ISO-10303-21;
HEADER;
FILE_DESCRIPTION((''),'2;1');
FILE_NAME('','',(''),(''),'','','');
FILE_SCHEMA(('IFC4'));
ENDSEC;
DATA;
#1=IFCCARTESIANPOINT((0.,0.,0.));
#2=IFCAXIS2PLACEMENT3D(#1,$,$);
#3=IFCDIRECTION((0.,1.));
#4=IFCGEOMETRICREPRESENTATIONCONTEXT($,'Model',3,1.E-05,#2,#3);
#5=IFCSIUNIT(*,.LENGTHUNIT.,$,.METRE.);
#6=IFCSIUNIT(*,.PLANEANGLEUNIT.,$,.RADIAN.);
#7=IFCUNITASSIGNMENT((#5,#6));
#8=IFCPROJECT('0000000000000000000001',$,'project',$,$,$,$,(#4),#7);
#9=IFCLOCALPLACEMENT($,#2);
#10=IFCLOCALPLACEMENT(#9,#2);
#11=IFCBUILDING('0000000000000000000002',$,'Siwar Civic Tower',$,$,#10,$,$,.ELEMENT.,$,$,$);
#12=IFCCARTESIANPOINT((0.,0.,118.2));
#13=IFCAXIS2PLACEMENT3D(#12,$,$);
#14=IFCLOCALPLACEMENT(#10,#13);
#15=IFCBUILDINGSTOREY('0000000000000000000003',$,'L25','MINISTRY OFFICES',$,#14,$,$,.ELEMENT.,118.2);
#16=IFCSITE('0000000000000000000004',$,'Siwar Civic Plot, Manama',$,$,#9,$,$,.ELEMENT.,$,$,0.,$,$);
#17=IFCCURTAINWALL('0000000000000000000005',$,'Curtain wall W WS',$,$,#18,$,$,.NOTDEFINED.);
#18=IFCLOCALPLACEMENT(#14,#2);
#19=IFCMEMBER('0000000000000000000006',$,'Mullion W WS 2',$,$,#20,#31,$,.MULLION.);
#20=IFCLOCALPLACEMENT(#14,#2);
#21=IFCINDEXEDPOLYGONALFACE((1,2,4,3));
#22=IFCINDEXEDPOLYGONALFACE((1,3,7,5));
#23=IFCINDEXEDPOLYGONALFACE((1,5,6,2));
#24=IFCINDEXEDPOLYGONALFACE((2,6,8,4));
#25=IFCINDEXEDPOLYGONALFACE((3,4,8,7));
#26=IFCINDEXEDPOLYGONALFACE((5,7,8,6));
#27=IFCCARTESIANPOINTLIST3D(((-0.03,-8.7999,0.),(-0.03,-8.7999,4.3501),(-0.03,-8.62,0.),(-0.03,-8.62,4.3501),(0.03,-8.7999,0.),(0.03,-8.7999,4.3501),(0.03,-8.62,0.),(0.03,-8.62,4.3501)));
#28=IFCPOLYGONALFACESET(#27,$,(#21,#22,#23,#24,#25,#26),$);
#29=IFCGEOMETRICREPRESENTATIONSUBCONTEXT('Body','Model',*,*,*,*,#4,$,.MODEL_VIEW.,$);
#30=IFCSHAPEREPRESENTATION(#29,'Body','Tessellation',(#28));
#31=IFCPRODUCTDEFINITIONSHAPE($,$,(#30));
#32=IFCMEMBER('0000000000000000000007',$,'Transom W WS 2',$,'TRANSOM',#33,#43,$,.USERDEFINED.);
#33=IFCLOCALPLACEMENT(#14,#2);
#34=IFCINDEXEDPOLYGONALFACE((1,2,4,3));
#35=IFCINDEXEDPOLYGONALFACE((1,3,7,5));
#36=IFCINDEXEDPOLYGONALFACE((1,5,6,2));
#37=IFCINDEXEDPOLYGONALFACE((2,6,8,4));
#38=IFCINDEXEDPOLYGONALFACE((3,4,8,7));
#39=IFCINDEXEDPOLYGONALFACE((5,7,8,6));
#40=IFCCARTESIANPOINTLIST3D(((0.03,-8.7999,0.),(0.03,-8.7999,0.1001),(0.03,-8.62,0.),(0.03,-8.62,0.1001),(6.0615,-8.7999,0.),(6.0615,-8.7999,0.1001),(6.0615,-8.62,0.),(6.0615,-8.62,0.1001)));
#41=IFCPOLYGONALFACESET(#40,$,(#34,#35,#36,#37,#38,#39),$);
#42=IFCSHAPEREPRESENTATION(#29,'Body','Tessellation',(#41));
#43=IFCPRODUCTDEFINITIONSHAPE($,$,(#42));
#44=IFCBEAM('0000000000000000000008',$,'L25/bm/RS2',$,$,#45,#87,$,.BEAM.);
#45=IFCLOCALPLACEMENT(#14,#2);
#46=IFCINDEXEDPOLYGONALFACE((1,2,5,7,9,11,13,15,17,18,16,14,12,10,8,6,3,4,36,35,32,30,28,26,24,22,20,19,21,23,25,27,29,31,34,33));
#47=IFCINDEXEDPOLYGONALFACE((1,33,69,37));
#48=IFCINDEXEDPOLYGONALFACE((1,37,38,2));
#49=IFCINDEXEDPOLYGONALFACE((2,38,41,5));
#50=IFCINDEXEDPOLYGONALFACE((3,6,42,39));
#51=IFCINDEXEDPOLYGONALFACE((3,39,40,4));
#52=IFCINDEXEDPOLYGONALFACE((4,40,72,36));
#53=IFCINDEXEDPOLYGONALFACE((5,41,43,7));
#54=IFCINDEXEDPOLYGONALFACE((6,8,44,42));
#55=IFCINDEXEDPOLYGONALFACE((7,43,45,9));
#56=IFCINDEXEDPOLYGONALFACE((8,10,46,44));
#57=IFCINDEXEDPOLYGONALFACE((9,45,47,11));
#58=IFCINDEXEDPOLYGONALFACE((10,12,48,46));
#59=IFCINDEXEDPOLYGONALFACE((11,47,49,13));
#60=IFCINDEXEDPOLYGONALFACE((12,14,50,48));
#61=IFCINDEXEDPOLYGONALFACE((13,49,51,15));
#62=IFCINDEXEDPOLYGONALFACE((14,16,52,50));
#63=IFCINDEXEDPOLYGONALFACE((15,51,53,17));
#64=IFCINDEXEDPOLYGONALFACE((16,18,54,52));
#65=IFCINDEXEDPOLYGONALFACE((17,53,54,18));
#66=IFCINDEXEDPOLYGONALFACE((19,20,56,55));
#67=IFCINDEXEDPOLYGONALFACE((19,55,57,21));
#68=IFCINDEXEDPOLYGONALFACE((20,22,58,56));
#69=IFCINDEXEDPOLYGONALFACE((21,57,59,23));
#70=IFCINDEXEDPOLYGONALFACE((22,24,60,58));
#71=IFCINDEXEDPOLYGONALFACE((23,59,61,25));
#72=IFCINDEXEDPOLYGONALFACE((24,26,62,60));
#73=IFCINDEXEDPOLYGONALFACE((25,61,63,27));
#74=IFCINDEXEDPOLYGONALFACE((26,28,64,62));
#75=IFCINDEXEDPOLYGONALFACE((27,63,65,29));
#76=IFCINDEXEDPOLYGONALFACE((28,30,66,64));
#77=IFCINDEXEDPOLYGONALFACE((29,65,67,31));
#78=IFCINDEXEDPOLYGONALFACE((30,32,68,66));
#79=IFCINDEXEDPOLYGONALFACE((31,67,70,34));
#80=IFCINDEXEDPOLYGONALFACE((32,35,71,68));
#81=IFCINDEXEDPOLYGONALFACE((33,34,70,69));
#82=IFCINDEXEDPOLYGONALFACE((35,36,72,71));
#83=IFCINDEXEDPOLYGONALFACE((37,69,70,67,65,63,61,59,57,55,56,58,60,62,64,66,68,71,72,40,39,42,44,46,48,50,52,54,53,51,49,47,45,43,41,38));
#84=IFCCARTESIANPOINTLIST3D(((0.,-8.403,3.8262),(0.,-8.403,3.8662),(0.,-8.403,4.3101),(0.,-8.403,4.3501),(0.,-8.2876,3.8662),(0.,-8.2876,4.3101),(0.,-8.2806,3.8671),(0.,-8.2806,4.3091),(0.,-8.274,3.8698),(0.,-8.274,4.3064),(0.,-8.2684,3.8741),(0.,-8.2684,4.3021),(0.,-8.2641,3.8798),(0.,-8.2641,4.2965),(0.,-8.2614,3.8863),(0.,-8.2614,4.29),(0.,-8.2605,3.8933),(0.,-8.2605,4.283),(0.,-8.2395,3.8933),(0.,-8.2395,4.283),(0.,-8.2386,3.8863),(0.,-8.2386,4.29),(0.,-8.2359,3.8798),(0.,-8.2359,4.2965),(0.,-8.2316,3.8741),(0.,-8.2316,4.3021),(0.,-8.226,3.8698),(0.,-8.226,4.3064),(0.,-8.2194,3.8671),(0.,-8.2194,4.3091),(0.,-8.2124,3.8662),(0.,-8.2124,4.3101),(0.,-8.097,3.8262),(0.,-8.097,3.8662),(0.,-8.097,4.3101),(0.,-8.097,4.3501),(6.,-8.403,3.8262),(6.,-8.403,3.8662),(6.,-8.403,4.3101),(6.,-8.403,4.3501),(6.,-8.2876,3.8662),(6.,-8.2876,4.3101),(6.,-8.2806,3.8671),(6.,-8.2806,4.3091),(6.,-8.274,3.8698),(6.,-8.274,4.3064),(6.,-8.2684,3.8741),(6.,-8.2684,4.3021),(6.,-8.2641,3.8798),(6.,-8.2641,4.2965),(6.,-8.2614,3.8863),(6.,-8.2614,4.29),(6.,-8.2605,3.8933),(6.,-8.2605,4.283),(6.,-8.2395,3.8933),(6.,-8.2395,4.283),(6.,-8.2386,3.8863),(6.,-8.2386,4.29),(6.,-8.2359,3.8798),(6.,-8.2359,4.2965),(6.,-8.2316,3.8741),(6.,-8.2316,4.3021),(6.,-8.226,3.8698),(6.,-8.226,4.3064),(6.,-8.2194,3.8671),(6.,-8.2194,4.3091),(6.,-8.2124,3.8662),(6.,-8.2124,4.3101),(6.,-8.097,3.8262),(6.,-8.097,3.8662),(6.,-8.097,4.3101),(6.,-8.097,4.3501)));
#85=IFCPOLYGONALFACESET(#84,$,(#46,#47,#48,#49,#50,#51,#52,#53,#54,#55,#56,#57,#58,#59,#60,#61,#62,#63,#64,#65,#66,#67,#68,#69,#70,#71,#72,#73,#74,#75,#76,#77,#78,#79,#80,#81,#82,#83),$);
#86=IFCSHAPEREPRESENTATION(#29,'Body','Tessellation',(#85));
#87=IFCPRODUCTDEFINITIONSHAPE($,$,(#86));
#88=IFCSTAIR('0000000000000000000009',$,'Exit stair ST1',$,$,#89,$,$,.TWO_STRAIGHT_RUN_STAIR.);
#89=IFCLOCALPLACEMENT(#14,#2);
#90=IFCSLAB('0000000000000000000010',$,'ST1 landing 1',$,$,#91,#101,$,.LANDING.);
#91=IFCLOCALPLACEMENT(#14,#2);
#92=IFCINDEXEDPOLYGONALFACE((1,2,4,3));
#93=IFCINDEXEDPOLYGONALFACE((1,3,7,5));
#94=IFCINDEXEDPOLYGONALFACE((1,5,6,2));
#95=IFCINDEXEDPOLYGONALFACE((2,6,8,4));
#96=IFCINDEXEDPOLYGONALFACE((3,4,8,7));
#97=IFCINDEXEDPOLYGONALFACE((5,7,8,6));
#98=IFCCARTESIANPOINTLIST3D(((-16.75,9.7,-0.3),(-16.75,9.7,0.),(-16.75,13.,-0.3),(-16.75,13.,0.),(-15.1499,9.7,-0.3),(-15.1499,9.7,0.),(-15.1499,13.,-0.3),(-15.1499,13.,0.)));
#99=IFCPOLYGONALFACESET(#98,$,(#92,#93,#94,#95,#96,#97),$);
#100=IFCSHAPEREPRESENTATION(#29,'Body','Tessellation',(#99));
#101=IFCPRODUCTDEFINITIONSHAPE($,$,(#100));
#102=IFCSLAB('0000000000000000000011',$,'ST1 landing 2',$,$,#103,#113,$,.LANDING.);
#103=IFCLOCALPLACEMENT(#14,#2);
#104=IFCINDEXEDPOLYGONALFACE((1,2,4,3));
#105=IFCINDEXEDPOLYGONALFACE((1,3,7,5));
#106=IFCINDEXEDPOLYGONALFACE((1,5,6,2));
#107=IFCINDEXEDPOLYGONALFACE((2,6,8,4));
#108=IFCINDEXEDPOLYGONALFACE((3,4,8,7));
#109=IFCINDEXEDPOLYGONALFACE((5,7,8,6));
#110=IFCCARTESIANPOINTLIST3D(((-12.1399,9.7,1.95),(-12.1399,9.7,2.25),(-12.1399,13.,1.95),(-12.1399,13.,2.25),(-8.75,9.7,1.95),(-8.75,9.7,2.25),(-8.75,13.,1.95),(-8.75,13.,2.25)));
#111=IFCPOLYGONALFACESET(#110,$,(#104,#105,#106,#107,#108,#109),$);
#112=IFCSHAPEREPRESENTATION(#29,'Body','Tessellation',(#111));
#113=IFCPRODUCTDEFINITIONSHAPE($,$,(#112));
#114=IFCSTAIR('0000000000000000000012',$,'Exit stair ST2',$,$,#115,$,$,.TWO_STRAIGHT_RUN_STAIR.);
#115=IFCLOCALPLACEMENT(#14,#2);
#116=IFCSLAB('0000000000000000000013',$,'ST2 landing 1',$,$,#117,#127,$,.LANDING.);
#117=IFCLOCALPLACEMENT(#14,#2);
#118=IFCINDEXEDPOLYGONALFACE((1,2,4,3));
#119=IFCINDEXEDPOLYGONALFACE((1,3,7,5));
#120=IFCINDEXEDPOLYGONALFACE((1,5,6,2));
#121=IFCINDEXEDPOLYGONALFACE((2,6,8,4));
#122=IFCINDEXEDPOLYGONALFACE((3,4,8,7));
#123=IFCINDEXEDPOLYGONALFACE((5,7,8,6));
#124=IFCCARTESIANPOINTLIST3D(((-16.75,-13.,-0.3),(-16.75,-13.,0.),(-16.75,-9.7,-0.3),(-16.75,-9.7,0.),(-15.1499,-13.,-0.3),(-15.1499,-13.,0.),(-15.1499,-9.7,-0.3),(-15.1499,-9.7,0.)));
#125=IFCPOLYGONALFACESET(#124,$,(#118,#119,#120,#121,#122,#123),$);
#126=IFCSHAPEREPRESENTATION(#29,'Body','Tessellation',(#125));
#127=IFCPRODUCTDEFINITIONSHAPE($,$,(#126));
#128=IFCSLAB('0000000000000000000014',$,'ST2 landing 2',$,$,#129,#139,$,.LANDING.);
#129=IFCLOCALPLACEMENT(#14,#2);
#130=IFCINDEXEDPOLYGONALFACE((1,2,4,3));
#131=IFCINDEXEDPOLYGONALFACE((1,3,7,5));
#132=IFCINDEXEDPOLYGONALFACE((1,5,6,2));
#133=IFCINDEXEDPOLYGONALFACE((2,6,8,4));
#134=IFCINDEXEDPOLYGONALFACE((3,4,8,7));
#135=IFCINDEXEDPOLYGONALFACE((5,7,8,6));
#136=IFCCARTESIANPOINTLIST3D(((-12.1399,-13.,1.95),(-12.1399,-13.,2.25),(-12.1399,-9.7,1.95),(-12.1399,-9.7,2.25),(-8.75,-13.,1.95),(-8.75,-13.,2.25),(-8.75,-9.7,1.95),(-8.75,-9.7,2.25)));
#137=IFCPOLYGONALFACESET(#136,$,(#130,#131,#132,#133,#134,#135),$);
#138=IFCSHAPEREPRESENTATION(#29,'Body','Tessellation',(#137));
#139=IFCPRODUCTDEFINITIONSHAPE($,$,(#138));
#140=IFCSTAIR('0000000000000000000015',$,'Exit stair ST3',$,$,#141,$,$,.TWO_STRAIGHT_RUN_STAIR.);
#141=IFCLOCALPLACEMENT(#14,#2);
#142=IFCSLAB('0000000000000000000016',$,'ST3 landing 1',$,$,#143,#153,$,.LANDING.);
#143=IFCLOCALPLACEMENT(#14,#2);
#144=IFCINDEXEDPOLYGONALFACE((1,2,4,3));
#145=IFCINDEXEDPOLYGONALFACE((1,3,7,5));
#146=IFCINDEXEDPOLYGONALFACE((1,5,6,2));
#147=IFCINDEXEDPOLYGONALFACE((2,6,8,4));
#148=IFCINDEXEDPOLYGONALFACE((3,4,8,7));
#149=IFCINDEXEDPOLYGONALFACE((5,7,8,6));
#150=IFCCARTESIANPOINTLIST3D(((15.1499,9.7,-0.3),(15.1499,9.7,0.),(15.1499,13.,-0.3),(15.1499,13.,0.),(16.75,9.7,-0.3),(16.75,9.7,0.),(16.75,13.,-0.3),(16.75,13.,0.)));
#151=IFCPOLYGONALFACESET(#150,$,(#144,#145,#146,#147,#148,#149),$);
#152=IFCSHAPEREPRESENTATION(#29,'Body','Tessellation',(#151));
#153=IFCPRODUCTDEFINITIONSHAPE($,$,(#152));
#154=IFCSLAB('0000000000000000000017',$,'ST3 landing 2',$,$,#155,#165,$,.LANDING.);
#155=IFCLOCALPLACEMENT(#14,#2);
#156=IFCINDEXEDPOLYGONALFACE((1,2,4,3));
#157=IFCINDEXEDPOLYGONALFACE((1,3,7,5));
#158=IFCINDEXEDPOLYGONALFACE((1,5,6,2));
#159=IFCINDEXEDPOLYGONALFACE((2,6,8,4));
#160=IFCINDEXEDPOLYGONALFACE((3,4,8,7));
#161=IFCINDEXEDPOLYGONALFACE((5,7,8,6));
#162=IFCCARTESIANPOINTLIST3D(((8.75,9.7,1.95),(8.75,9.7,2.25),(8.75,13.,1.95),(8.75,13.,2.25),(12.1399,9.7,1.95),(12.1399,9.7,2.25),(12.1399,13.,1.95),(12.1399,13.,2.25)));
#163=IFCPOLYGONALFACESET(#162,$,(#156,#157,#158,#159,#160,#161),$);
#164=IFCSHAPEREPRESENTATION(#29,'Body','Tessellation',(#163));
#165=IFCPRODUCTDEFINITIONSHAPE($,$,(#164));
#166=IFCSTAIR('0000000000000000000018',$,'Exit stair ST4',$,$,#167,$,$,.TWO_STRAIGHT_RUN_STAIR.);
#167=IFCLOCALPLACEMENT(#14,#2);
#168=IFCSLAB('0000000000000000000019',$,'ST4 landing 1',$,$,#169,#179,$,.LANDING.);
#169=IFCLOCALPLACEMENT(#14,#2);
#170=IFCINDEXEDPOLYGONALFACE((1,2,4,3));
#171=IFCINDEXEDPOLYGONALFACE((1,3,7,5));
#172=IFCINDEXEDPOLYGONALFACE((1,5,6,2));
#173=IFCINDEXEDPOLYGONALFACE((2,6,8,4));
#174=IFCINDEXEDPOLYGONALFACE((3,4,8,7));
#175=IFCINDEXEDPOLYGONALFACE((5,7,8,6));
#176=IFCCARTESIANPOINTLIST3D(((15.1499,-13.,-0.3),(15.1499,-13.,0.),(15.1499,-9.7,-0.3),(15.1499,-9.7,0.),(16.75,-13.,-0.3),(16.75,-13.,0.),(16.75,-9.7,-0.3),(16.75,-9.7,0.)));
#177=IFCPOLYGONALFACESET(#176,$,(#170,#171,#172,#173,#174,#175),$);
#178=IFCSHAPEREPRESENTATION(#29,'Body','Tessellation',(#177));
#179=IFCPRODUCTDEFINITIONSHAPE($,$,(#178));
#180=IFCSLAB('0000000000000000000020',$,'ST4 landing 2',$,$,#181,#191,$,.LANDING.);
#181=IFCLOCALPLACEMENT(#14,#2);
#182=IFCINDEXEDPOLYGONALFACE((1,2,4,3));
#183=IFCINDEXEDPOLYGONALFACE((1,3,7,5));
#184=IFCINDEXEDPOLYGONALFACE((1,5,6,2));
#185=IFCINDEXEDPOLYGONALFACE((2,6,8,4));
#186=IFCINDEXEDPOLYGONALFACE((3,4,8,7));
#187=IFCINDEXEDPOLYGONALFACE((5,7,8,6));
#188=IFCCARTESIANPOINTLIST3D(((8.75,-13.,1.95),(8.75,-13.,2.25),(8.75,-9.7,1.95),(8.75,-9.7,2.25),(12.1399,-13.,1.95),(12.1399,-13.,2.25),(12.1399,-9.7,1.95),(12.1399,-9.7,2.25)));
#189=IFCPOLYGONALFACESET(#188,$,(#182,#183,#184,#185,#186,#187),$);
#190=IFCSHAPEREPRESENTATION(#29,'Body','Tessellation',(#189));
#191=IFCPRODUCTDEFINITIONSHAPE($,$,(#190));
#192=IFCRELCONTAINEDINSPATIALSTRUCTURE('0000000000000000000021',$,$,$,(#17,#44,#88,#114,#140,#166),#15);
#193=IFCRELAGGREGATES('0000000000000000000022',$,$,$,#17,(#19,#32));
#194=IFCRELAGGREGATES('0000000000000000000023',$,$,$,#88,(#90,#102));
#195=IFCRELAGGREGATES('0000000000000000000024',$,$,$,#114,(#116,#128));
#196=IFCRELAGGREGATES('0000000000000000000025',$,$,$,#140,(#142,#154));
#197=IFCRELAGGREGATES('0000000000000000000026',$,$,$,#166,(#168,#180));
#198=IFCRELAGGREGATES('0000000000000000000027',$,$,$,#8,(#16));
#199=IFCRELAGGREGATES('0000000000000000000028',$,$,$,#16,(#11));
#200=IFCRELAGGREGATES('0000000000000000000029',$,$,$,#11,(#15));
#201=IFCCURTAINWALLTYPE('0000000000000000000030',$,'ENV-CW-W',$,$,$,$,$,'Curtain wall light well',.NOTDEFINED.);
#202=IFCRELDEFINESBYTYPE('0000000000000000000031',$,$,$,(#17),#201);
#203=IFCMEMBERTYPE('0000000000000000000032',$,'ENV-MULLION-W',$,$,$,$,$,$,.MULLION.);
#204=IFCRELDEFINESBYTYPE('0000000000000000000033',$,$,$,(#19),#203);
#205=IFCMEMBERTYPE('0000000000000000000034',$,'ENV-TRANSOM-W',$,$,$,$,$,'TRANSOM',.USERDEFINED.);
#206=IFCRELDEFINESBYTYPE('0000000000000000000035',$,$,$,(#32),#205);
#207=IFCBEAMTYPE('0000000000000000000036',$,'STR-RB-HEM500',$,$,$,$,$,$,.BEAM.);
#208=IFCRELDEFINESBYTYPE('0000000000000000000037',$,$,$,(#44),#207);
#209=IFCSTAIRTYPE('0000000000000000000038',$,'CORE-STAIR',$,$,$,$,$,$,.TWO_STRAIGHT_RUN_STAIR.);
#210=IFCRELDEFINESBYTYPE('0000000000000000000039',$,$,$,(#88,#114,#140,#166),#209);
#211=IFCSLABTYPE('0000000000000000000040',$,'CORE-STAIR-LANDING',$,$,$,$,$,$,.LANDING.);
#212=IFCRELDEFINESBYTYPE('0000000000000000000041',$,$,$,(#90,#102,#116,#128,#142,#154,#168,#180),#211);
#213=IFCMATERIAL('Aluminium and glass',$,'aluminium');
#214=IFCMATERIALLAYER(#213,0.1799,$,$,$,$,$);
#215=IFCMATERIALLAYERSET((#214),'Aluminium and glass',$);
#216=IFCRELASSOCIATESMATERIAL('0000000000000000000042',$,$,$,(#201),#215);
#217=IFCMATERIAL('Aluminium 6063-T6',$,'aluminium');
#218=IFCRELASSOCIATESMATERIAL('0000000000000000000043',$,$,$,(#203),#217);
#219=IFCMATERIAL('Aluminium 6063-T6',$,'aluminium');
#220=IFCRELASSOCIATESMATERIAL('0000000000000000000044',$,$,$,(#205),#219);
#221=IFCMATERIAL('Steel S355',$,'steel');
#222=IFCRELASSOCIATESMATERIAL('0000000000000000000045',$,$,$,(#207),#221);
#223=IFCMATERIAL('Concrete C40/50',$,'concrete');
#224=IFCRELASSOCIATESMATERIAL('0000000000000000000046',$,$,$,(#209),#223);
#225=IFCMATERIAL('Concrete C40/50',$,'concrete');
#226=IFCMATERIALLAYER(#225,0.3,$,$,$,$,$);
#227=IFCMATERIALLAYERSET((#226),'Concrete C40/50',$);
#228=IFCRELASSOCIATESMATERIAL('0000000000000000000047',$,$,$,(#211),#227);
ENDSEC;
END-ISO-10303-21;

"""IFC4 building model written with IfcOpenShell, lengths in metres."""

from ifc_helpers import new_model, si_unit, direction, frame, origin, origin_2d, place, context, subcontext, project, spatial, polyline, rectangle, i_section, outline, extrude, material, layer, layer_set, material_profile, profile_set, type_object, element, aggregate, save


model = new_model("IFC4")

# Units and contexts
model_context = context("Model", 3, precision=1e-05, world=origin(), true_north=direction((0.0, 1.0)))
body_context = subcontext(model_context, "Body", "Model", "MODEL_VIEW")
ifc_project = project(units=[si_unit("LENGTHUNIT", "METRE"), si_unit("PLANEANGLEUNIT", "RADIAN")], contexts=[model_context])

# Site, building, storey
site_placement = place(None, origin())
site = spatial("IfcSite", under=ifc_project, at=site_placement, Name="Siwar Civic Plot, Manama", CompositionType="ELEMENT", RefElevation=0.0)
building_placement = place(site_placement, origin())
building = spatial("IfcBuilding", under=site, at=building_placement, Name="Siwar Civic Tower", CompositionType="ELEMENT")
storey_placement = place(building_placement, frame((0.0, 0.0, 118.2)))
storey = spatial("IfcBuildingStorey", under=building, at=storey_placement, Name="L25", Description="MINISTRY OFFICES", CompositionType="ELEMENT", Elevation=118.2)

# Curtain wall, members
ifc_material_1 = material(Name="Aluminium and glass", Category="aluminium")
ifc_layer_1 = layer(ifc_material_1, 0.1799)
ifc_layer_set_1 = layer_set([ifc_layer_1], Name="Aluminium and glass")
curtain_wall_type = type_object("IfcCurtainWallType", Name="ENV-CW-W", ElementType="Curtain wall light well", PredefinedType="NOTDEFINED", material=ifc_layer_set_1)
curtain_wall_placement = place(storey_placement, origin())
curtain_wall = element("IfcCurtainWall", 1, at=curtain_wall_placement, inside=storey, type_object=curtain_wall_type, Name="Curtain wall W WS", PredefinedType="NOTDEFINED")
ifc_material_2 = material(Name="Aluminium 6063-T6", Category="aluminium")
ifc_material_profile_1 = material_profile(ifc_material_2, rectangle(XDim=0.1799, YDim=0.0601, at=origin_2d()), Name="AL 180x60")
ifc_profile_set_1 = profile_set([ifc_material_profile_1], Name="Aluminium 6063-T6")
member_type_1 = type_object("IfcMemberType", Name="ENV-MULLION-W", PredefinedType="MULLION", material=ifc_profile_set_1)
member_1_placement = place(storey_placement, frame((0.0, -8.71, 0.0), z_axis=(0.0, 0.0, 1.0), x_axis=(0.0, 1.0, 0.0)))
member_1 = element("IfcMember", 2, at=member_1_placement, type_object=member_type_1, Name="Mullion W WS 2", PredefinedType="MULLION", context=body_context, shape_type="SweptSolid", body=[
    extrude(rectangle(XDim=0.1799, YDim=0.0601, at=origin_2d()), origin(), (0.0, 0.0, 1.0), 4.3501),
])
ifc_material_3 = material(Name="Aluminium 6063-T6", Category="aluminium")
ifc_material_profile_2 = material_profile(ifc_material_3, rectangle(XDim=0.1799, YDim=0.1001, at=origin_2d()), Name="AL 180x100")
ifc_profile_set_2 = profile_set([ifc_material_profile_2], Name="Aluminium 6063-T6")
member_type_2 = type_object("IfcMemberType", Name="ENV-TRANSOM-W", ElementType="TRANSOM", PredefinedType="USERDEFINED", material=ifc_profile_set_2)
member_2_placement = place(storey_placement, frame((0.03, -8.71, 0.05), z_axis=(1.0, 0.0, 0.0), x_axis=(0.0, 1.0, 0.0)))
member_2 = element("IfcMember", 3, at=member_2_placement, type_object=member_type_2, Name="Transom W WS 2", ObjectType="TRANSOM", PredefinedType="USERDEFINED", context=body_context, shape_type="SweptSolid", body=[
    extrude(rectangle(XDim=0.1799, YDim=0.1001, at=origin_2d()), origin(), (0.0, 0.0, 1.0), 6.0315),
])
aggregate(curtain_wall, [member_1, member_2])

# Beam
ifc_material_4 = material(Name="Steel S355", Category="steel")
ifc_material_profile_3 = material_profile(ifc_material_4, i_section(OverallWidth=0.3059, OverallDepth=0.5239, WebThickness=0.021, FlangeThickness=0.04, FilletRadius=0.0271, at=origin_2d()), Name="HEM500")
ifc_profile_set_3 = profile_set([ifc_material_profile_3], Name="Steel S355")
beam_type = type_object("IfcBeamType", Name="STR-RB-HEM500", PredefinedType="BEAM", material=ifc_profile_set_3)
beam_placement = place(storey_placement, frame((0.0, -8.25, 4.0881), z_axis=(1.0, 0.0, 0.0), x_axis=(0.0, 1.0, 0.0)))
element("IfcBeam", 4, at=beam_placement, inside=storey, type_object=beam_type, Name="L25/bm/RS2", PredefinedType="BEAM", context=body_context, shape_type="SweptSolid", body=[
    extrude(i_section(OverallWidth=0.3059, OverallDepth=0.5239, WebThickness=0.021, FlangeThickness=0.04, FilletRadius=0.0271, at=origin_2d()), origin(), (0.0, 0.0, 1.0), 6.0),
])

# Stairs, slabs
ifc_material_5 = material(Name="Concrete C40/50", Category="concrete")
stair_type = type_object("IfcStairType", Name="CORE-STAIR", PredefinedType="TWO_STRAIGHT_RUN_STAIR", material=ifc_material_5)
stair_1_placement = place(storey_placement, origin())
stair_1 = element("IfcStair", 5, at=stair_1_placement, inside=storey, type_object=stair_type, Name="Exit stair ST1", PredefinedType="TWO_STRAIGHT_RUN_STAIR")
ifc_material_6 = material(Name="Concrete C40/50", Category="concrete")
ifc_layer_2 = layer(ifc_material_6, 0.3)
ifc_layer_set_2 = layer_set([ifc_layer_2], Name="Concrete C40/50")
slab_type_1 = type_object("IfcSlabType", Name="CORE-STAIR-LANDING", PredefinedType="LANDING", material=ifc_layer_set_2)
slab_1_placement = place(storey_placement, frame((0.0, 0.0, -0.3)))
slab_1 = element("IfcSlab", 6, at=slab_1_placement, type_object=slab_type_1, Name="ST1 landing 1", PredefinedType="LANDING", context=body_context, shape_type="SweptSolid", body=[
    extrude(outline(polyline([(-15.1499, 13.0), (-16.75, 13.0), (-16.75, 9.7), (-15.1499, 9.7), (-15.1499, 13.0)])), origin(), (0.0, 0.0, 1.0), 0.3),
])
slab_2_placement = place(storey_placement, frame((0.0, 0.0, 1.95)))
slab_2 = element("IfcSlab", 7, at=slab_2_placement, type_object=slab_type_1, Name="ST1 landing 2", PredefinedType="LANDING", context=body_context, shape_type="SweptSolid", body=[
    extrude(outline(polyline([(-8.75, 13.0), (-12.1399, 13.0), (-12.1399, 9.7), (-8.75, 9.7), (-8.75, 13.0)])), origin(), (0.0, 0.0, 1.0), 0.3),
])
aggregate(stair_1, [slab_1, slab_2])
stair_2_placement = place(storey_placement, origin())
stair_2 = element("IfcStair", 8, at=stair_2_placement, inside=storey, type_object=stair_type, Name="Exit stair ST2", PredefinedType="TWO_STRAIGHT_RUN_STAIR")
slab_3_placement = place(storey_placement, frame((0.0, 0.0, -0.3)))
slab_3 = element("IfcSlab", 9, at=slab_3_placement, type_object=slab_type_1, Name="ST2 landing 1", PredefinedType="LANDING", context=body_context, shape_type="SweptSolid", body=[
    extrude(outline(polyline([(-15.1499, -9.7), (-16.75, -9.7), (-16.75, -13.0), (-15.1499, -13.0), (-15.1499, -9.7)])), origin(), (0.0, 0.0, 1.0), 0.3),
])
slab_4_placement = place(storey_placement, frame((0.0, 0.0, 1.95)))
slab_4 = element("IfcSlab", 10, at=slab_4_placement, type_object=slab_type_1, Name="ST2 landing 2", PredefinedType="LANDING", context=body_context, shape_type="SweptSolid", body=[
    extrude(outline(polyline([(-8.75, -9.7), (-12.1399, -9.7), (-12.1399, -13.0), (-8.75, -13.0), (-8.75, -9.7)])), origin(), (0.0, 0.0, 1.0), 0.3),
])
aggregate(stair_2, [slab_3, slab_4])
stair_3_placement = place(storey_placement, origin())
stair_3 = element("IfcStair", 11, at=stair_3_placement, inside=storey, type_object=stair_type, Name="Exit stair ST3", PredefinedType="TWO_STRAIGHT_RUN_STAIR")
slab_5_placement = place(storey_placement, frame((0.0, 0.0, -0.3)))
slab_5 = element("IfcSlab", 12, at=slab_5_placement, type_object=slab_type_1, Name="ST3 landing 1", PredefinedType="LANDING", context=body_context, shape_type="SweptSolid", body=[
    extrude(outline(polyline([(15.1499, 9.7), (16.75, 9.7), (16.75, 13.0), (15.1499, 13.0), (15.1499, 9.7)])), origin(), (0.0, 0.0, 1.0), 0.3),
])
slab_6_placement = place(storey_placement, frame((0.0, 0.0, 1.95)))
slab_6 = element("IfcSlab", 13, at=slab_6_placement, type_object=slab_type_1, Name="ST3 landing 2", PredefinedType="LANDING", context=body_context, shape_type="SweptSolid", body=[
    extrude(outline(polyline([(8.75, 9.7), (12.1399, 9.7), (12.1399, 13.0), (8.75, 13.0), (8.75, 9.7)])), origin(), (0.0, 0.0, 1.0), 0.3),
])
aggregate(stair_3, [slab_5, slab_6])
stair_4_placement = place(storey_placement, origin())
stair_4 = element("IfcStair", 14, at=stair_4_placement, inside=storey, type_object=stair_type, Name="Exit stair ST4", PredefinedType="TWO_STRAIGHT_RUN_STAIR")
slab_7_placement = place(storey_placement, frame((0.0, 0.0, -0.3)))
slab_7 = element("IfcSlab", 15, at=slab_7_placement, type_object=slab_type_1, Name="ST4 landing 1", PredefinedType="LANDING", context=body_context, shape_type="SweptSolid", body=[
    extrude(outline(polyline([(15.1499, -13.0), (16.75, -13.0), (16.75, -9.7), (15.1499, -9.7), (15.1499, -13.0)])), origin(), (0.0, 0.0, 1.0), 0.3),
])
slab_8_placement = place(storey_placement, frame((0.0, 0.0, 1.95)))
slab_8 = element("IfcSlab", 16, at=slab_8_placement, type_object=slab_type_1, Name="ST4 landing 2", PredefinedType="LANDING", context=body_context, shape_type="SweptSolid", body=[
    extrude(outline(polyline([(8.75, -13.0), (12.1399, -13.0), (12.1399, -9.7), (8.75, -9.7), (8.75, -13.0)])), origin(), (0.0, 0.0, 1.0), 0.3),
])
aggregate(stair_4, [slab_7, slab_8])

save(model, "model.ifc")
